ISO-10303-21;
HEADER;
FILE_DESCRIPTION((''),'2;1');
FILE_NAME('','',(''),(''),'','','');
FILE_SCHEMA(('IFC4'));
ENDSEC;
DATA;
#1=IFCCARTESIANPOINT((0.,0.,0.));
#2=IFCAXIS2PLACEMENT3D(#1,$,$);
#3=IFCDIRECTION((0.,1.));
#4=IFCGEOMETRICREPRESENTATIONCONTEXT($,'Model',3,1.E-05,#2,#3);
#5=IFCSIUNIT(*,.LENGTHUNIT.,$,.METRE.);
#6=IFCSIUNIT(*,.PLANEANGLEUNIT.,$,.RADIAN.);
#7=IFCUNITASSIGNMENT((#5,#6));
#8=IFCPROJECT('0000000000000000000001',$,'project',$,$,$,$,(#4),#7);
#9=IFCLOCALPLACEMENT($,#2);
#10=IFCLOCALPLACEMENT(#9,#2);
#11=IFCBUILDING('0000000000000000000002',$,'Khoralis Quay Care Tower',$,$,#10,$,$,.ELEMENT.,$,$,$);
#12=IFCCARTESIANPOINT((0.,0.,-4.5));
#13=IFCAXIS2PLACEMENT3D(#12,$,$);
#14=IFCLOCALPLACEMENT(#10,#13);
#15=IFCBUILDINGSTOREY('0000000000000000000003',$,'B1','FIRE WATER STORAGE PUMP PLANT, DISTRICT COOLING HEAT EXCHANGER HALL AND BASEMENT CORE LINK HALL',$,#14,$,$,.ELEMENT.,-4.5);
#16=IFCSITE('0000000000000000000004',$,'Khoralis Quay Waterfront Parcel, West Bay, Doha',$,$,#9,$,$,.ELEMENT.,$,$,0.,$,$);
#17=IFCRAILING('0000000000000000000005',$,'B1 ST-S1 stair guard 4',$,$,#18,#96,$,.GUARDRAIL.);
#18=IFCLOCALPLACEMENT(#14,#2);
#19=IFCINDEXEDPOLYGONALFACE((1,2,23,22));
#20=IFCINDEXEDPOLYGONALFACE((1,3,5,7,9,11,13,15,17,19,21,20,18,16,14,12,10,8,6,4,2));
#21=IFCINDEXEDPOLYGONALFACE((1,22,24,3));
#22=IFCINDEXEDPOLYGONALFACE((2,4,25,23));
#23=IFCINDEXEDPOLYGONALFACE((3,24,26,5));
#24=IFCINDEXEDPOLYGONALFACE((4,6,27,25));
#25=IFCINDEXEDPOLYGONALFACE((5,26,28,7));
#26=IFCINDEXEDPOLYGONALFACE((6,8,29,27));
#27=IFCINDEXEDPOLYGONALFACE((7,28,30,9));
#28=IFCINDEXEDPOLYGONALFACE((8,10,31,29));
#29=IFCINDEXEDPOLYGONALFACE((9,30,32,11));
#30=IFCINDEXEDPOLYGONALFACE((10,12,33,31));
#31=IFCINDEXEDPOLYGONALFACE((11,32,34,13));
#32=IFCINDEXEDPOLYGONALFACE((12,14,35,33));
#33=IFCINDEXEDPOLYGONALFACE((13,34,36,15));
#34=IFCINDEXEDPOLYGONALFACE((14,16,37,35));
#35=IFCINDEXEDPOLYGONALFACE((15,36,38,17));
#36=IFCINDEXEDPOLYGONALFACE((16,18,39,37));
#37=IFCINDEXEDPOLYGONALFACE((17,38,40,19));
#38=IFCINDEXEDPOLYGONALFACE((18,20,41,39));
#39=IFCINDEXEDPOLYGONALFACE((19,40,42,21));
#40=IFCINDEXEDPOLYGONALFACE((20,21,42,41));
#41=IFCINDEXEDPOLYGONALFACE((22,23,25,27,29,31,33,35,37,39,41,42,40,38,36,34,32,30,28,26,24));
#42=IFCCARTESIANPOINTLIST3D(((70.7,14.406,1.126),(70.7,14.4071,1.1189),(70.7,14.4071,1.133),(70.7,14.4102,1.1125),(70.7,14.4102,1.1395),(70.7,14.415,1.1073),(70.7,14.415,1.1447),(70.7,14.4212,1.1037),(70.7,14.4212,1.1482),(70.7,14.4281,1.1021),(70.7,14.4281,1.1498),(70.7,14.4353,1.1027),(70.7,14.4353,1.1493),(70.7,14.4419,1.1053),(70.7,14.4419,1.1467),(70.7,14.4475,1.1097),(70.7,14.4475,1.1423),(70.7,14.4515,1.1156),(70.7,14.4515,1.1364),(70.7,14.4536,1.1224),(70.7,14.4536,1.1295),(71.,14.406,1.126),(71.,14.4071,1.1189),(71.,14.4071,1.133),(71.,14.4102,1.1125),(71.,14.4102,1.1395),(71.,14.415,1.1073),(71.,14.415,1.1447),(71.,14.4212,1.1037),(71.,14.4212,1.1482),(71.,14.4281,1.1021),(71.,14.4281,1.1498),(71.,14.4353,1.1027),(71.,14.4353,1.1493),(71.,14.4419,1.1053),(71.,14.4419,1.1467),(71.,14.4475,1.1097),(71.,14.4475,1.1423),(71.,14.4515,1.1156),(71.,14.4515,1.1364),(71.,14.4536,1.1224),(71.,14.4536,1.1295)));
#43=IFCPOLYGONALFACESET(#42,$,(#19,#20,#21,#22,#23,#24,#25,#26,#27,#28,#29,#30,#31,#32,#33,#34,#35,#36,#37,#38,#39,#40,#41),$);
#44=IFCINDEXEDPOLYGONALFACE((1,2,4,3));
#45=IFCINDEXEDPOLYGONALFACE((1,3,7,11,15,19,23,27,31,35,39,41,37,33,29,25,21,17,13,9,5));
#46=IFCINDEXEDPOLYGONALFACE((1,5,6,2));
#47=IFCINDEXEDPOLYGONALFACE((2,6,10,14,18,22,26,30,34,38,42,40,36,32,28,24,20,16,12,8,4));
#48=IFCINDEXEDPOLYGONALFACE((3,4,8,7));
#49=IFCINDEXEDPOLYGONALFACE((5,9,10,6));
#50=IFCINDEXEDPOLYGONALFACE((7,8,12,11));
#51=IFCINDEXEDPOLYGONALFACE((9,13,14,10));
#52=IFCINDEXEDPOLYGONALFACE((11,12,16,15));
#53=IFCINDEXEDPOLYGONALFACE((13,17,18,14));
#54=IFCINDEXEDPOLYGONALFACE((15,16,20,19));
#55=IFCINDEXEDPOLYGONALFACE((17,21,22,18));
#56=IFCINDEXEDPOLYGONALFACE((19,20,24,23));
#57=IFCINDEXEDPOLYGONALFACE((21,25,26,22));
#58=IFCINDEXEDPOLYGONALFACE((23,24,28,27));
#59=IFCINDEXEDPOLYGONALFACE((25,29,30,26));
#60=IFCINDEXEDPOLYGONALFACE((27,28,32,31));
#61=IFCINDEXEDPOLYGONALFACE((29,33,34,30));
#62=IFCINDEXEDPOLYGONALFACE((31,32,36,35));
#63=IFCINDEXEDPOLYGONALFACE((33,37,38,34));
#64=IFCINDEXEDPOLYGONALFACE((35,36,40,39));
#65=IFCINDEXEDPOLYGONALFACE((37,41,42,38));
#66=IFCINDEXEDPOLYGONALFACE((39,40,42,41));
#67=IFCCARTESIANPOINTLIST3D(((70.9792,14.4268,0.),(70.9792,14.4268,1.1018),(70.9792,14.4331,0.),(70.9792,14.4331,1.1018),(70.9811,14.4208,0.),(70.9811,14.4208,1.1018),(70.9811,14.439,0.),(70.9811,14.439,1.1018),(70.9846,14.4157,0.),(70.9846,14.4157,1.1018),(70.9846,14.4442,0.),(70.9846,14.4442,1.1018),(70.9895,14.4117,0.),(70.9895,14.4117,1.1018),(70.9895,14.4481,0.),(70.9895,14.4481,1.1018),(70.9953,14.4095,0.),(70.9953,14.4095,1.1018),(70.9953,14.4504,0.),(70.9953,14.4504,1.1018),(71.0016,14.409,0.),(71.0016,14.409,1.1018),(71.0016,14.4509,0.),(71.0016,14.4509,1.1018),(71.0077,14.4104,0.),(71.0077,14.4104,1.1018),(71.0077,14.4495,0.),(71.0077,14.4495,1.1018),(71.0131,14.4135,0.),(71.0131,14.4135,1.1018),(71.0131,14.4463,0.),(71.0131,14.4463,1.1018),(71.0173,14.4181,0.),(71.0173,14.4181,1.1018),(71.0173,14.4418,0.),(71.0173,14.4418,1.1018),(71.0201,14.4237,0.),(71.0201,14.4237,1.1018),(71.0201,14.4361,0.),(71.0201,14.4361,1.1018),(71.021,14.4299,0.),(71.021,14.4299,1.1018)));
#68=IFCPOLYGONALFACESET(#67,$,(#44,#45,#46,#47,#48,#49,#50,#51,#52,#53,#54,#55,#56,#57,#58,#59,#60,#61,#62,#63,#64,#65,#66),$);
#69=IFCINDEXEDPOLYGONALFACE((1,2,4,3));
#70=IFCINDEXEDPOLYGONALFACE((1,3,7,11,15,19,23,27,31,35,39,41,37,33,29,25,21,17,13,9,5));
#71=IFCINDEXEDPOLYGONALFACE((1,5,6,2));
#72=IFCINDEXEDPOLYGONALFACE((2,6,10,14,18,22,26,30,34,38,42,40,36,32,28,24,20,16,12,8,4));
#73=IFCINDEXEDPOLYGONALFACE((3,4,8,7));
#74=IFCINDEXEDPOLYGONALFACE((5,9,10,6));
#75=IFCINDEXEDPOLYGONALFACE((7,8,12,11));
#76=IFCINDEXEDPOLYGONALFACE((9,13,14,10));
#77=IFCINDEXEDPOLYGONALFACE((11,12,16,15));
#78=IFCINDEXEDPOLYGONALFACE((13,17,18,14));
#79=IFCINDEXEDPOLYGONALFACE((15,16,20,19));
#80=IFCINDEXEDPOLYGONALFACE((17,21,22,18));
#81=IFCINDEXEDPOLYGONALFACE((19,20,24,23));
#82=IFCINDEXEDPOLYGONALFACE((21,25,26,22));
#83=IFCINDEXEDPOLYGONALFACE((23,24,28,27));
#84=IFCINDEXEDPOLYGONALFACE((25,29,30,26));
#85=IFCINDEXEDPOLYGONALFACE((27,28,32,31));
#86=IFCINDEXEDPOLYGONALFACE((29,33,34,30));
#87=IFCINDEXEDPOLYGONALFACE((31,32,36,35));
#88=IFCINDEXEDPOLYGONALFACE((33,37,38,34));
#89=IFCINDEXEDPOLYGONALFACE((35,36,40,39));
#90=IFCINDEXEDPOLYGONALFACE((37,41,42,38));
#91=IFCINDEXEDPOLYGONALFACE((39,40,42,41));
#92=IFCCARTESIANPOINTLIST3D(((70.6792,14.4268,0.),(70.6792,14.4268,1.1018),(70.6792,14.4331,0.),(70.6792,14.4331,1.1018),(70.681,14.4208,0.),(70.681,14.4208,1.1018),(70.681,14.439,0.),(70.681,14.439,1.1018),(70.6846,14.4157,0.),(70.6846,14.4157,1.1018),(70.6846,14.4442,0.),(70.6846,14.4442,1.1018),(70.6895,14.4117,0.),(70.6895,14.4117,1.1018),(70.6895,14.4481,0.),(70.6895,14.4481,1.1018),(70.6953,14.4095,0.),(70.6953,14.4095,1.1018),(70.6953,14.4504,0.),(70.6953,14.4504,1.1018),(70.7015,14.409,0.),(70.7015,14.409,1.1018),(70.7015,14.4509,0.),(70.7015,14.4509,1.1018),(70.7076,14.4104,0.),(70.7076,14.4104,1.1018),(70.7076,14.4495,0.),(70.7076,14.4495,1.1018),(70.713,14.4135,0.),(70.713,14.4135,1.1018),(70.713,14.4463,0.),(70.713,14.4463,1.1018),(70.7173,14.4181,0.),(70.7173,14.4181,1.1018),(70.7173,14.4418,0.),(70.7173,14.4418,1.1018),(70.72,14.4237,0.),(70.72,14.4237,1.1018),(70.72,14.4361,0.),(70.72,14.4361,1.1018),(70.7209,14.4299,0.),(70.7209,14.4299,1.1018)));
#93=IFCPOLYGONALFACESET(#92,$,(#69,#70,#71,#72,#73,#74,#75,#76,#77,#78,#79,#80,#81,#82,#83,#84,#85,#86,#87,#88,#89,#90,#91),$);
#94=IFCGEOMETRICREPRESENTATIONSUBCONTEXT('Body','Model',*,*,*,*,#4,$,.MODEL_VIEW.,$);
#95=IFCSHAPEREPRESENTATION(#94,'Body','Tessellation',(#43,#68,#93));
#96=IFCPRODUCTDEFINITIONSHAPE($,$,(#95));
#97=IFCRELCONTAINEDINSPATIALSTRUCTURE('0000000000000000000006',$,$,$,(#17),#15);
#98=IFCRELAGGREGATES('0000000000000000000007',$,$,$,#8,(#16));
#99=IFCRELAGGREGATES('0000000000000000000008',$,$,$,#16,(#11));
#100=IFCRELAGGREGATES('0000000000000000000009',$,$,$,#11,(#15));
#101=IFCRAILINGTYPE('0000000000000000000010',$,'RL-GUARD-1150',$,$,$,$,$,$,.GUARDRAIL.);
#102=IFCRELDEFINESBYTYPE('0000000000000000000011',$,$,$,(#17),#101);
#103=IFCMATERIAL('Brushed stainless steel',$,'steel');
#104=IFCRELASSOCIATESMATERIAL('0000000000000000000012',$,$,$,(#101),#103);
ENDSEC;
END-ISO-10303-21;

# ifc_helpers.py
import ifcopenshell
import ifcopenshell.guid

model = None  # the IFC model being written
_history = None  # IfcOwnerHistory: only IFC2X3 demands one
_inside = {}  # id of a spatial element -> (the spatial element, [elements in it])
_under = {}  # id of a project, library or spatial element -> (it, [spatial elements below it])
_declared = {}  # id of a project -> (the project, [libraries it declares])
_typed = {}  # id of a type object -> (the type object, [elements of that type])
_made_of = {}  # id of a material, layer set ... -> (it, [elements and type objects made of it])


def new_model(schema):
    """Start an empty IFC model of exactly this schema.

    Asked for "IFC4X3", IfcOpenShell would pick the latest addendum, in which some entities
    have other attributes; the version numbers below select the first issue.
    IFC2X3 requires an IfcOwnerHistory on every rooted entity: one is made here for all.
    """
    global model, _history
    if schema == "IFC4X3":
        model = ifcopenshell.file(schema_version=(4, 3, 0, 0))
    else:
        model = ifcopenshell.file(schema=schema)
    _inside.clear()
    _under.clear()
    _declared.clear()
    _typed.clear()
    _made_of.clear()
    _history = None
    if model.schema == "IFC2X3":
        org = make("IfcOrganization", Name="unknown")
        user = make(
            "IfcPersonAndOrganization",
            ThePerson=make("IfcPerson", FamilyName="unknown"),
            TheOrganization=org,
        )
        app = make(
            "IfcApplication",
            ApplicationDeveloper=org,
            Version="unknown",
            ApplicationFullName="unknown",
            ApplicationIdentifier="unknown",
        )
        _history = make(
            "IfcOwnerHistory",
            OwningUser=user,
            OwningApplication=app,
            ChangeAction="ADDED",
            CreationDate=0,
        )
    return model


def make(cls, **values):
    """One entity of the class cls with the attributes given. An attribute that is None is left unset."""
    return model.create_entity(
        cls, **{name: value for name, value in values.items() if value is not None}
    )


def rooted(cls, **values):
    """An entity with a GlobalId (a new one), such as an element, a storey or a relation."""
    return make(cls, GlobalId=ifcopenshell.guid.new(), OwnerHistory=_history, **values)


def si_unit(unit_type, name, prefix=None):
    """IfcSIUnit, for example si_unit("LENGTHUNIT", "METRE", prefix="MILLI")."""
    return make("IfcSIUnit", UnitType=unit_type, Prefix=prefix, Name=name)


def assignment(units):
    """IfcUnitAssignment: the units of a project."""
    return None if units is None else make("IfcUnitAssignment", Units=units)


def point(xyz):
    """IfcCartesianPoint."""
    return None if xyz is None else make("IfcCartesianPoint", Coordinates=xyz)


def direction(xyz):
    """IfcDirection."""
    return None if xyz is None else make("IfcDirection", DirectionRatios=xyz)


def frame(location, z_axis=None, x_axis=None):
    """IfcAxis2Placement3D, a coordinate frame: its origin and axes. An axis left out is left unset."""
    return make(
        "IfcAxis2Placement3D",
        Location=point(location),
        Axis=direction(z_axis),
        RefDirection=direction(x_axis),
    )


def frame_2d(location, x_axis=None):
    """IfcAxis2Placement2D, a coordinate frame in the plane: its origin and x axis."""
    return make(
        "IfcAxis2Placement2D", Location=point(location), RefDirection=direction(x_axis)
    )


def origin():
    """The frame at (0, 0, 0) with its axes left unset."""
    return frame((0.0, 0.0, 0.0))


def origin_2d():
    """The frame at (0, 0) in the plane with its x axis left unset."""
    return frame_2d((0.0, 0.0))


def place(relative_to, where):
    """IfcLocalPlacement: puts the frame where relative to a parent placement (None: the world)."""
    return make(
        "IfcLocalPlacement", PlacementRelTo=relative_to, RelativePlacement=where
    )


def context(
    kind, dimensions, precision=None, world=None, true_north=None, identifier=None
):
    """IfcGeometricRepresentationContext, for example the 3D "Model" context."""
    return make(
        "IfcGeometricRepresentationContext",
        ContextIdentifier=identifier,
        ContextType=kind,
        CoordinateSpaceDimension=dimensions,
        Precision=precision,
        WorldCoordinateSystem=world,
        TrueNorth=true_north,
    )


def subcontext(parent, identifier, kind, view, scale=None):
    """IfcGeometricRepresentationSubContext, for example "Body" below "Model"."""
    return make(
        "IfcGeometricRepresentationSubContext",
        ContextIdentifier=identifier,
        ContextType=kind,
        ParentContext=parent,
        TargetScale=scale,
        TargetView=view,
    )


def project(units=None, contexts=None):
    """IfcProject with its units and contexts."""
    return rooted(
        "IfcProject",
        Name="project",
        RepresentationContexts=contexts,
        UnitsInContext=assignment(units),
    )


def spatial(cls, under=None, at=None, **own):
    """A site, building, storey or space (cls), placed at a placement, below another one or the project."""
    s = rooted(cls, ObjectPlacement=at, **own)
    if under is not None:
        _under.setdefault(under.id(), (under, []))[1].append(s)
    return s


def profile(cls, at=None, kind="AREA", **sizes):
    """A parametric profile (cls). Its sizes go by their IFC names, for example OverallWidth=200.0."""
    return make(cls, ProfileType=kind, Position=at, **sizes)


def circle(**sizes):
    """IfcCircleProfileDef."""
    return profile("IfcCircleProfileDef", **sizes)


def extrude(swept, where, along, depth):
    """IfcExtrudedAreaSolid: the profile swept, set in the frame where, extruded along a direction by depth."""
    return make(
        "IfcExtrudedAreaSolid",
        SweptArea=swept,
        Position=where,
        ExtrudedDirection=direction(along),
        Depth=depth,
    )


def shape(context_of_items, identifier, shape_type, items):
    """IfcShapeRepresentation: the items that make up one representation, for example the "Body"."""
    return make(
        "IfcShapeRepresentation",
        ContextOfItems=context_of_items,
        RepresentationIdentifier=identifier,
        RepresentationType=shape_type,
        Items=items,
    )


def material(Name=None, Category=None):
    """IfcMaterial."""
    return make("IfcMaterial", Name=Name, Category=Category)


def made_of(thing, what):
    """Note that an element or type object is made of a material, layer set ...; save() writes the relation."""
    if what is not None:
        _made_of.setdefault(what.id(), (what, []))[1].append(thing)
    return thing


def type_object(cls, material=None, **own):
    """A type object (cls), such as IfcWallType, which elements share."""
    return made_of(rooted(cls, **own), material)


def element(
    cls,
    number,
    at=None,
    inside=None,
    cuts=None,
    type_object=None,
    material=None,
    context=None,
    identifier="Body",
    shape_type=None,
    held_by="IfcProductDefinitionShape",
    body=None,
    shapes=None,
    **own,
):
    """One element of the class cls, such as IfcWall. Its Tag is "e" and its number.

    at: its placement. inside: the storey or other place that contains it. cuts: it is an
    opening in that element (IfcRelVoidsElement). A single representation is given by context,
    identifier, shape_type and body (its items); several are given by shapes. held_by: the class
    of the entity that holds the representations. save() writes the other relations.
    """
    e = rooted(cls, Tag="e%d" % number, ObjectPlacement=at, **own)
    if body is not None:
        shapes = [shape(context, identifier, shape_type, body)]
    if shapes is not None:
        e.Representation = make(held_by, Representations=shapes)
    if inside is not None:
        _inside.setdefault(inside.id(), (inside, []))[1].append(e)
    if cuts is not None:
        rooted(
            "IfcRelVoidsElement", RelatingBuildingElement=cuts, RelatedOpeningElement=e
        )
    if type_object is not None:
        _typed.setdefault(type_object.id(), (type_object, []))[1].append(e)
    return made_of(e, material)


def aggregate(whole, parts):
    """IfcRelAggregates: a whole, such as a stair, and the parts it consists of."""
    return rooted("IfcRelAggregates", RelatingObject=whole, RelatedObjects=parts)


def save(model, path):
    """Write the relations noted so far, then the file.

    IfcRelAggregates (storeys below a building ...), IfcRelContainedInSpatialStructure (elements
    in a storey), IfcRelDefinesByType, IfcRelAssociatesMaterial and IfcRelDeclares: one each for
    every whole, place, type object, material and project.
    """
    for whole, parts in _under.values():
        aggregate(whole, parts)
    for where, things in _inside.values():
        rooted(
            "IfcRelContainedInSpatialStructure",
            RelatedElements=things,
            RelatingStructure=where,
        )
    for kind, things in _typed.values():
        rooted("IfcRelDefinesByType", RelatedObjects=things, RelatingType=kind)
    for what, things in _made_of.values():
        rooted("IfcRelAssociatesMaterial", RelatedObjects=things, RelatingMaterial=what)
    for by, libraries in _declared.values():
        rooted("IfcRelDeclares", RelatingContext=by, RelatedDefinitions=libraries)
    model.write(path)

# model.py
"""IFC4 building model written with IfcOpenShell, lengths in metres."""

from ifc_helpers import new_model, si_unit, direction, frame, origin, origin_2d, place, context, subcontext, project, spatial, circle, extrude, material, type_object, element, save


model = new_model("IFC4")

# Units and contexts
model_context = context("Model", 3, precision=1e-05, world=origin(), true_north=direction((0.0, 1.0)))
body_context = subcontext(model_context, "Body", "Model", "MODEL_VIEW")
ifc_project = project(units=[si_unit("LENGTHUNIT", "METRE"), si_unit("PLANEANGLEUNIT", "RADIAN")], contexts=[model_context])

# Site, building, storey
site_placement = place(None, origin())
site = spatial("IfcSite", under=ifc_project, at=site_placement, Name="Khoralis Quay Waterfront Parcel, West Bay, Doha", CompositionType="ELEMENT", RefElevation=0.0)
building_placement = place(site_placement, origin())
building = spatial("IfcBuilding", under=site, at=building_placement, Name="Khoralis Quay Care Tower", CompositionType="ELEMENT")
storey_placement = place(building_placement, frame((0.0, 0.0, -4.5)))
storey = spatial("IfcBuildingStorey", under=building, at=storey_placement, Name="B1", Description="FIRE WATER STORAGE PUMP PLANT, DISTRICT COOLING HEAT EXCHANGER HALL AND BASEMENT CORE LINK HALL", CompositionType="ELEMENT", Elevation=-4.5)

# Railing
ifc_material_1 = material(Name="Brushed stainless steel", Category="steel")
railing_type_1 = type_object("IfcRailingType", Name="RL-GUARD-1150", PredefinedType="GUARDRAIL", material=ifc_material_1)
railing_1_placement = place(storey_placement, frame((71.0, 14.4299, 0.0)))
element("IfcRailing", 1, at=railing_1_placement, inside=storey, type_object=railing_type_1, Name="B1 ST-S1 stair guard 4", PredefinedType="GUARDRAIL", context=body_context, shape_type="SweptSolid", body=[
    extrude(circle(Radius=0.0239, at=origin_2d()), frame((0.0, 0.0, 1.126), z_axis=(-1.0, 0.0, 0.0), x_axis=(0.0, -1.0, 0.0)), (0.0, 0.0, 1.0), 0.3),
    extrude(circle(Radius=0.021, at=origin_2d()), origin(), (0.0, 0.0, 1.0), 1.1018),
    extrude(circle(Radius=0.021, at=origin_2d()), frame((-0.3, 0.0, 0.0)), (0.0, 0.0, 1.0), 1.1018),
])

save(model, "model.ifc")
